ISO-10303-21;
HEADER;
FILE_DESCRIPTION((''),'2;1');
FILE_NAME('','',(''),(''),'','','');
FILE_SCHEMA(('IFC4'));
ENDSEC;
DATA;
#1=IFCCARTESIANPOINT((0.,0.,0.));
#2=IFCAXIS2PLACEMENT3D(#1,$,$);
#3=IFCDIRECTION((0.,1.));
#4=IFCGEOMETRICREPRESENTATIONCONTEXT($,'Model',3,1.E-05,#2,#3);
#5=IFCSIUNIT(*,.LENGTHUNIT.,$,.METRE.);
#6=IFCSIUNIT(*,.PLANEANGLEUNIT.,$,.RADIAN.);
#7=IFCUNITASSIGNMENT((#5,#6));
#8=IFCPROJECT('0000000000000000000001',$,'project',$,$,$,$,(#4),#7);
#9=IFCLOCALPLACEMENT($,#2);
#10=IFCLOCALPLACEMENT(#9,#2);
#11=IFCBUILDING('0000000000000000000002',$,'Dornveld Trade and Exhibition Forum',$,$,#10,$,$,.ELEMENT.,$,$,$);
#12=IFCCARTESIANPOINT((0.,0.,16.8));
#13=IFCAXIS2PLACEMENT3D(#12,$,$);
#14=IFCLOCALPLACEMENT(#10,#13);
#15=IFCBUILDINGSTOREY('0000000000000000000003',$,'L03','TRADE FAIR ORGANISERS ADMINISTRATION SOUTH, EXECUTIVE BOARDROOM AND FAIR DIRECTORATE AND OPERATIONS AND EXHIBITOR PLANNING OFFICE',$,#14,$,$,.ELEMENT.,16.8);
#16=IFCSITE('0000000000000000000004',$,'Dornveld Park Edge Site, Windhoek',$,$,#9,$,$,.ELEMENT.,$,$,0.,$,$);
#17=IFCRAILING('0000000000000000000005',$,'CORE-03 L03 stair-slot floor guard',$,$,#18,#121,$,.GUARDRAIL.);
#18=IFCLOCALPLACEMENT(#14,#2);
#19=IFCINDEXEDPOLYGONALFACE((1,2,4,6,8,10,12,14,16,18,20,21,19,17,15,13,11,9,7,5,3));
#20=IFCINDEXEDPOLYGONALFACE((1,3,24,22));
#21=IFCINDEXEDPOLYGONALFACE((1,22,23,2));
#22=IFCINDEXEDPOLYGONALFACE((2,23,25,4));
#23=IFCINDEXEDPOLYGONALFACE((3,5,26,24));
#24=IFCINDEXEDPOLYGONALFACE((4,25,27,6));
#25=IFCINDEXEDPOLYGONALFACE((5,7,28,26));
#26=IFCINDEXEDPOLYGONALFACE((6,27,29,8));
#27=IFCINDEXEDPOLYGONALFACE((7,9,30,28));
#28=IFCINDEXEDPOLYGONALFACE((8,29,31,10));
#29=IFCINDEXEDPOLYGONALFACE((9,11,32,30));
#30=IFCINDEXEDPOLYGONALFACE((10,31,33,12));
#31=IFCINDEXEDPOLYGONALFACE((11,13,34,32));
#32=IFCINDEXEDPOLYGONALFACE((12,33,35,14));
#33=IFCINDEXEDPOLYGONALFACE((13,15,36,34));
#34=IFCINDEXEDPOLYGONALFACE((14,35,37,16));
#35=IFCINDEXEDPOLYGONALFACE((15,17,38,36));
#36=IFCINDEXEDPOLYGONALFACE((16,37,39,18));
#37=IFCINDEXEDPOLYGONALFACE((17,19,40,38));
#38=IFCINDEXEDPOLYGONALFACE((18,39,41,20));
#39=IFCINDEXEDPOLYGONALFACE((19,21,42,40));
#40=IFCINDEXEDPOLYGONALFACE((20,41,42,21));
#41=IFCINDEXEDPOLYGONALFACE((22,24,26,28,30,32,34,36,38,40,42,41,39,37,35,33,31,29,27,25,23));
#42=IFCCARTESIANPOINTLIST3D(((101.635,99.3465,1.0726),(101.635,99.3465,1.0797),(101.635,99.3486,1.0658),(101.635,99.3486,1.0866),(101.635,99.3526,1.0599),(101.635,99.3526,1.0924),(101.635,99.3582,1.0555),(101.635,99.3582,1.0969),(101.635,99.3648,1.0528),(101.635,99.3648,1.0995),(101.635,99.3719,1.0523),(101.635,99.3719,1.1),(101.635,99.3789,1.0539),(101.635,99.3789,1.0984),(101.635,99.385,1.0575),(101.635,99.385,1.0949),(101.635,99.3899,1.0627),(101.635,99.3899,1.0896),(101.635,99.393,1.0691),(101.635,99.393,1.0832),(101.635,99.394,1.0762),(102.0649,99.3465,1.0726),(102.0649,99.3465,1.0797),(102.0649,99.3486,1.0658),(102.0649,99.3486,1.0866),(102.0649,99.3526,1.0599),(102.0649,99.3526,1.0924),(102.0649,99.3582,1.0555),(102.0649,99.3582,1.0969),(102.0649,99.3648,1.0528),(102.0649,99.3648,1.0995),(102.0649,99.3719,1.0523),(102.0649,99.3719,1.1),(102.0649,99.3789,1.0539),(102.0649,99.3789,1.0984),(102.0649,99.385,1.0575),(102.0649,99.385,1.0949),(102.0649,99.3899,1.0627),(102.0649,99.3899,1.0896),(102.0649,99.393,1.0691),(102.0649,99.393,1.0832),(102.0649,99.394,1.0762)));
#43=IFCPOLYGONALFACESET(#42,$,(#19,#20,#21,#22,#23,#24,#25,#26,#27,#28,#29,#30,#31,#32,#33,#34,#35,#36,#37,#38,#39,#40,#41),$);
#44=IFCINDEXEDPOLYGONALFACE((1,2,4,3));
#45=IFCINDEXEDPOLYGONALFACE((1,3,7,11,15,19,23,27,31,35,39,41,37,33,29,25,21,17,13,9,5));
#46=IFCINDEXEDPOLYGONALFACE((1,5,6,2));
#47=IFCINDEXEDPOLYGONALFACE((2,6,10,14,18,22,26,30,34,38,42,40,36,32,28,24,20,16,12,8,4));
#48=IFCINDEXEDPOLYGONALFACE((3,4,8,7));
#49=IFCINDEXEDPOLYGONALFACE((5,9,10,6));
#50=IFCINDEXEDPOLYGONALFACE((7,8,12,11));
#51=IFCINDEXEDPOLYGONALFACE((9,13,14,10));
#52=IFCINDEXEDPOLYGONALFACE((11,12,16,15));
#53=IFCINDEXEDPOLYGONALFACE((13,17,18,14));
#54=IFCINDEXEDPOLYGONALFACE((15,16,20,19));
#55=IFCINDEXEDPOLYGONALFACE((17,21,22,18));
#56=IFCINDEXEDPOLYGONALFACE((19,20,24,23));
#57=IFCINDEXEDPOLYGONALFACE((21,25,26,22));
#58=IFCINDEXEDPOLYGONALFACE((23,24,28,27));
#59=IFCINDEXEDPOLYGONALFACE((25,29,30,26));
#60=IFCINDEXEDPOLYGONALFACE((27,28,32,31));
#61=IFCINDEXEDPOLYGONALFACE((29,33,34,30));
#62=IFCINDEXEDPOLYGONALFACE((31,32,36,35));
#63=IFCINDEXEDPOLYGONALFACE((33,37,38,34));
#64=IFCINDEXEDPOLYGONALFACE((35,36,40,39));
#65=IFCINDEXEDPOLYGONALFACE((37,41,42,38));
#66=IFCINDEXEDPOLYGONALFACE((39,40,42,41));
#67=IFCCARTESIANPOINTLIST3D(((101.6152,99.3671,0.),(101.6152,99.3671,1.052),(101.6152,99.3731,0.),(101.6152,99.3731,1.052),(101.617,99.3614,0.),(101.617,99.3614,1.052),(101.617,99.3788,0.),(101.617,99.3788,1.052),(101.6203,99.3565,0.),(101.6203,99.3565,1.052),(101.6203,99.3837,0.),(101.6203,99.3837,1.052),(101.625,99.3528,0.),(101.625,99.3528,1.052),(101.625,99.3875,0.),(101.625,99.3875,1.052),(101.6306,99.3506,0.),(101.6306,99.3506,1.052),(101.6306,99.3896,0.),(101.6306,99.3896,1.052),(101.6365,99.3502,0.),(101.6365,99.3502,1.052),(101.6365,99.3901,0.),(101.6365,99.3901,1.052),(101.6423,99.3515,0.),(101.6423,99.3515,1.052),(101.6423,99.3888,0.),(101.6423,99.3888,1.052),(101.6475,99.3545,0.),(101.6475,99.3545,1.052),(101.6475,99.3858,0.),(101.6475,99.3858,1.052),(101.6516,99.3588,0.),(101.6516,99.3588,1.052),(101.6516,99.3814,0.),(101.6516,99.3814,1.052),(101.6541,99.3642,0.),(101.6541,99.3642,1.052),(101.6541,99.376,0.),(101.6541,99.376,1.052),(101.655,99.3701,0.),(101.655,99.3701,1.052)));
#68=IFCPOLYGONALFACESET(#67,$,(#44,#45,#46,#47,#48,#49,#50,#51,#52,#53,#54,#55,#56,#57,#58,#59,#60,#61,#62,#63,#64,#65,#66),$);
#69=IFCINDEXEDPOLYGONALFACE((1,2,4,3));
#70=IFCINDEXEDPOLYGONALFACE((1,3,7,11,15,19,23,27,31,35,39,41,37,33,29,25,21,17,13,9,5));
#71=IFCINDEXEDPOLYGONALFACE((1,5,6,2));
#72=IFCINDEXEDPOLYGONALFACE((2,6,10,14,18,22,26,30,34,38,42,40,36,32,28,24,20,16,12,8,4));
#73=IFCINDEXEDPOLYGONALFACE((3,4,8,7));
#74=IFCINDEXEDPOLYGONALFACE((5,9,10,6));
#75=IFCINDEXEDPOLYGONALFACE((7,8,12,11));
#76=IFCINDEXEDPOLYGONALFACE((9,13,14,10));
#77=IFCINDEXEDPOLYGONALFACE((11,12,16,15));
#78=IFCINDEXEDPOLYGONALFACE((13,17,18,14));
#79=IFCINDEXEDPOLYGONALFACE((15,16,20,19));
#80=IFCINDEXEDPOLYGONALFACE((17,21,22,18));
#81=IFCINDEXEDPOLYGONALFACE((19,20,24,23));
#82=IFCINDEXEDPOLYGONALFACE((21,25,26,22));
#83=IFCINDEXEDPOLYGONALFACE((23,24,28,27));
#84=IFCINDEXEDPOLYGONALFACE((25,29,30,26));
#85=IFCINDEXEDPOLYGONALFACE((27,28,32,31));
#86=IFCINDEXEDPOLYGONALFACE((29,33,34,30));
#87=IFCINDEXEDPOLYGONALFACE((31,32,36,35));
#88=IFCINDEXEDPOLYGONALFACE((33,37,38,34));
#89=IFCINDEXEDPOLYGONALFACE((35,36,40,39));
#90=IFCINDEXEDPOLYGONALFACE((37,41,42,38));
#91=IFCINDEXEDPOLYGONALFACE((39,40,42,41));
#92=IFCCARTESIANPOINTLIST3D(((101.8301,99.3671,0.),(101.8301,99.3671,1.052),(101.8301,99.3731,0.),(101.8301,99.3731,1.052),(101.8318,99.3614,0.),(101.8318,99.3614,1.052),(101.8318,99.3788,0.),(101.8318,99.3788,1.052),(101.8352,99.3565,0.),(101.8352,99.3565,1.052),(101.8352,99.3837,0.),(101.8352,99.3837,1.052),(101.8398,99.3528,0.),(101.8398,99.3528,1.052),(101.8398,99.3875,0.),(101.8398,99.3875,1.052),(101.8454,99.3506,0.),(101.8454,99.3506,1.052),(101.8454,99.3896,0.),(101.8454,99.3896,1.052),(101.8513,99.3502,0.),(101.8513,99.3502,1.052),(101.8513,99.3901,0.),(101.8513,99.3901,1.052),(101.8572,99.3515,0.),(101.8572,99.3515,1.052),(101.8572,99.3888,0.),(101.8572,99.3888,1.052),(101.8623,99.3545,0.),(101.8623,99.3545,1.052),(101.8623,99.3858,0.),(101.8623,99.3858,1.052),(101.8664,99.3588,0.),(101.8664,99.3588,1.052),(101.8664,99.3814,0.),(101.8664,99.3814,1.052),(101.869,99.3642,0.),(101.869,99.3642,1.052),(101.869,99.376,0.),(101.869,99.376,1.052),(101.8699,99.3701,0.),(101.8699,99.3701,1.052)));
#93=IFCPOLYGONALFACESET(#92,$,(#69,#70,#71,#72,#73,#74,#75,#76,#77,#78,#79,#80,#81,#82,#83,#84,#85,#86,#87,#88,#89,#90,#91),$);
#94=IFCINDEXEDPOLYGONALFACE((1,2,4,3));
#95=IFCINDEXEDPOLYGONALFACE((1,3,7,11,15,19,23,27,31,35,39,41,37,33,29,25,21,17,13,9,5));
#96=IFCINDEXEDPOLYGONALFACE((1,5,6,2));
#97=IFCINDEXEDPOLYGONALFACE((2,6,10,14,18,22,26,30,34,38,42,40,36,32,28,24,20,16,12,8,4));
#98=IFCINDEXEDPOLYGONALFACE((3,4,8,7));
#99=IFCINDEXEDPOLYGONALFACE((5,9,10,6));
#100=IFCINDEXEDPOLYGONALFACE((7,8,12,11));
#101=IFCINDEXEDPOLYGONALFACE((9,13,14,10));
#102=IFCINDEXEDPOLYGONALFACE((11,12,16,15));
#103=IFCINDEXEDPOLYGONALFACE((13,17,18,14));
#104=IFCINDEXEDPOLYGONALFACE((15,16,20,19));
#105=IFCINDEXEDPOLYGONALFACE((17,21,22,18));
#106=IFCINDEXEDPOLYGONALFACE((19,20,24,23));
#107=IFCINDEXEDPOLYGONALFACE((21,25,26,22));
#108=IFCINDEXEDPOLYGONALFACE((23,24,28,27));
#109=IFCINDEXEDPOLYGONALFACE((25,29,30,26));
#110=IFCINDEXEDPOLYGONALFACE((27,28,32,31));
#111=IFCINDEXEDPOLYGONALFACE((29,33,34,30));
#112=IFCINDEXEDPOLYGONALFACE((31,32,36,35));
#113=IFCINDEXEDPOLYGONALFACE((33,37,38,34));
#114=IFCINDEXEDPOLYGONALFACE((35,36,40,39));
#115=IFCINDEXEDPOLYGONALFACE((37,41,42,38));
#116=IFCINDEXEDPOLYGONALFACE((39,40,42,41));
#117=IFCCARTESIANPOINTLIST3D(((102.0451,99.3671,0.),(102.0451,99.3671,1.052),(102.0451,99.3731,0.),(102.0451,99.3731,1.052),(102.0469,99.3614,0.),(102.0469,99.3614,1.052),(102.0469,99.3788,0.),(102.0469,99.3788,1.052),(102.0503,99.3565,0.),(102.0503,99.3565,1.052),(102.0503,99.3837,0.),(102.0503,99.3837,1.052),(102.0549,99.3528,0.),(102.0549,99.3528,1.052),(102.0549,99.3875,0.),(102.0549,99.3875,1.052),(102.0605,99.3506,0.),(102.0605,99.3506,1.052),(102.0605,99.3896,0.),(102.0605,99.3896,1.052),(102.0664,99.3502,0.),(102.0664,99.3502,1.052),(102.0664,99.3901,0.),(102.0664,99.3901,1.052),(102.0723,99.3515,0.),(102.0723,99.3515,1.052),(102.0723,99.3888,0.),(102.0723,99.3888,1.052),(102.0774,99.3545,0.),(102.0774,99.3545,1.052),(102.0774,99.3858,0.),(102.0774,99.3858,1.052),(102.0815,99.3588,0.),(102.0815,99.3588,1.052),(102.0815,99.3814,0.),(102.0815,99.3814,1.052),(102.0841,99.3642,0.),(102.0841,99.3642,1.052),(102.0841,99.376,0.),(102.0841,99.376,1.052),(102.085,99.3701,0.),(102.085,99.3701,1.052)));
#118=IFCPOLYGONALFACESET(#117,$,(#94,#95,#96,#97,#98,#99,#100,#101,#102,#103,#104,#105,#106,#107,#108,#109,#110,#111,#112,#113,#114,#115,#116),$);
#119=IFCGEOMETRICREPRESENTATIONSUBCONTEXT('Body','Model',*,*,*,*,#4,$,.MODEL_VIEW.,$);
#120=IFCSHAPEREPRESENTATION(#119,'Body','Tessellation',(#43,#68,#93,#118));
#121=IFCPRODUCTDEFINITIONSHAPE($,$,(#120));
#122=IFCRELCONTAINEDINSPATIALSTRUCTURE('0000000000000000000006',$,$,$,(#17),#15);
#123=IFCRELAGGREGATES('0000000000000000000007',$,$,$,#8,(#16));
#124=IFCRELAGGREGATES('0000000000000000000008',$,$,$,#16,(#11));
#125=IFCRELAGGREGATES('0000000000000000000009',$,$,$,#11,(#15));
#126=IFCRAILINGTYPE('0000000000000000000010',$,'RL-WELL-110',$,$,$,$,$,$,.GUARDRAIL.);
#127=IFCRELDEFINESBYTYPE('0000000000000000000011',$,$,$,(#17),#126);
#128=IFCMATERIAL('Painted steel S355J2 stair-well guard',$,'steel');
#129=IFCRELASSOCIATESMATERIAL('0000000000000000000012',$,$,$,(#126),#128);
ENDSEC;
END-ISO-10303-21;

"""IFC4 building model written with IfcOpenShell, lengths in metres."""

from ifc_helpers import new_model, si_unit, direction, frame, origin, origin_2d, place, context, subcontext, project, spatial, circle, extrude, material, type_object, element, save


model = new_model("IFC4")

# Units and contexts
model_context = context("Model", 3, precision=1e-05, world=origin(), true_north=direction((0.0, 1.0)))
body_context = subcontext(model_context, "Body", "Model", "MODEL_VIEW")
ifc_project = project(units=[si_unit("LENGTHUNIT", "METRE"), si_unit("PLANEANGLEUNIT", "RADIAN")], contexts=[model_context])

# Site, building, storey
site_placement = place(None, origin())
site = spatial("IfcSite", under=ifc_project, at=site_placement, Name="Dornveld Park Edge Site, Windhoek", CompositionType="ELEMENT", RefElevation=0.0)
building_placement = place(site_placement, origin())
building = spatial("IfcBuilding", under=site, at=building_placement, Name="Dornveld Trade and Exhibition Forum", CompositionType="ELEMENT")
storey_placement = place(building_placement, frame((0.0, 0.0, 16.8)))
storey = spatial("IfcBuildingStorey", under=building, at=storey_placement, Name="L03", Description="TRADE FAIR ORGANISERS ADMINISTRATION SOUTH, EXECUTIVE BOARDROOM AND FAIR DIRECTORATE AND OPERATIONS AND EXHIBITOR PLANNING OFFICE", CompositionType="ELEMENT", Elevation=16.8)

# Railing
ifc_material_1 = material(Name="Painted steel S355J2 stair-well guard", Category="steel")
railing_type_1 = type_object("IfcRailingType", Name="RL-WELL-110", PredefinedType="GUARDRAIL", material=ifc_material_1)
railing_1_placement = place(storey_placement, frame((101.635, 99.3701, 0.0)))
element("IfcRailing", 1, at=railing_1_placement, inside=storey, type_object=railing_type_1, Name="CORE-03 L03 stair-slot floor guard", PredefinedType="GUARDRAIL", context=body_context, shape_type="SweptSolid", body=[
    extrude(circle(Radius=0.0239, at=origin_2d()), frame((0.0, 0.0, 1.0762), z_axis=(1.0, 0.0, 0.0), x_axis=(0.0, 1.0, 0.0)), (0.0, 0.0, 1.0), 0.4299),
    extrude(circle(Radius=0.02, at=origin_2d()), origin(), (0.0, 0.0, 1.0), 1.052),
    extrude(circle(Radius=0.02, at=origin_2d()), frame((0.2148, 0.0, 0.0)), (0.0, 0.0, 1.0), 1.052),
    extrude(circle(Radius=0.02, at=origin_2d()), frame((0.4299, 0.0, 0.0)), (0.0, 0.0, 1.0), 1.052),
])

save(model, "model.ifc")
